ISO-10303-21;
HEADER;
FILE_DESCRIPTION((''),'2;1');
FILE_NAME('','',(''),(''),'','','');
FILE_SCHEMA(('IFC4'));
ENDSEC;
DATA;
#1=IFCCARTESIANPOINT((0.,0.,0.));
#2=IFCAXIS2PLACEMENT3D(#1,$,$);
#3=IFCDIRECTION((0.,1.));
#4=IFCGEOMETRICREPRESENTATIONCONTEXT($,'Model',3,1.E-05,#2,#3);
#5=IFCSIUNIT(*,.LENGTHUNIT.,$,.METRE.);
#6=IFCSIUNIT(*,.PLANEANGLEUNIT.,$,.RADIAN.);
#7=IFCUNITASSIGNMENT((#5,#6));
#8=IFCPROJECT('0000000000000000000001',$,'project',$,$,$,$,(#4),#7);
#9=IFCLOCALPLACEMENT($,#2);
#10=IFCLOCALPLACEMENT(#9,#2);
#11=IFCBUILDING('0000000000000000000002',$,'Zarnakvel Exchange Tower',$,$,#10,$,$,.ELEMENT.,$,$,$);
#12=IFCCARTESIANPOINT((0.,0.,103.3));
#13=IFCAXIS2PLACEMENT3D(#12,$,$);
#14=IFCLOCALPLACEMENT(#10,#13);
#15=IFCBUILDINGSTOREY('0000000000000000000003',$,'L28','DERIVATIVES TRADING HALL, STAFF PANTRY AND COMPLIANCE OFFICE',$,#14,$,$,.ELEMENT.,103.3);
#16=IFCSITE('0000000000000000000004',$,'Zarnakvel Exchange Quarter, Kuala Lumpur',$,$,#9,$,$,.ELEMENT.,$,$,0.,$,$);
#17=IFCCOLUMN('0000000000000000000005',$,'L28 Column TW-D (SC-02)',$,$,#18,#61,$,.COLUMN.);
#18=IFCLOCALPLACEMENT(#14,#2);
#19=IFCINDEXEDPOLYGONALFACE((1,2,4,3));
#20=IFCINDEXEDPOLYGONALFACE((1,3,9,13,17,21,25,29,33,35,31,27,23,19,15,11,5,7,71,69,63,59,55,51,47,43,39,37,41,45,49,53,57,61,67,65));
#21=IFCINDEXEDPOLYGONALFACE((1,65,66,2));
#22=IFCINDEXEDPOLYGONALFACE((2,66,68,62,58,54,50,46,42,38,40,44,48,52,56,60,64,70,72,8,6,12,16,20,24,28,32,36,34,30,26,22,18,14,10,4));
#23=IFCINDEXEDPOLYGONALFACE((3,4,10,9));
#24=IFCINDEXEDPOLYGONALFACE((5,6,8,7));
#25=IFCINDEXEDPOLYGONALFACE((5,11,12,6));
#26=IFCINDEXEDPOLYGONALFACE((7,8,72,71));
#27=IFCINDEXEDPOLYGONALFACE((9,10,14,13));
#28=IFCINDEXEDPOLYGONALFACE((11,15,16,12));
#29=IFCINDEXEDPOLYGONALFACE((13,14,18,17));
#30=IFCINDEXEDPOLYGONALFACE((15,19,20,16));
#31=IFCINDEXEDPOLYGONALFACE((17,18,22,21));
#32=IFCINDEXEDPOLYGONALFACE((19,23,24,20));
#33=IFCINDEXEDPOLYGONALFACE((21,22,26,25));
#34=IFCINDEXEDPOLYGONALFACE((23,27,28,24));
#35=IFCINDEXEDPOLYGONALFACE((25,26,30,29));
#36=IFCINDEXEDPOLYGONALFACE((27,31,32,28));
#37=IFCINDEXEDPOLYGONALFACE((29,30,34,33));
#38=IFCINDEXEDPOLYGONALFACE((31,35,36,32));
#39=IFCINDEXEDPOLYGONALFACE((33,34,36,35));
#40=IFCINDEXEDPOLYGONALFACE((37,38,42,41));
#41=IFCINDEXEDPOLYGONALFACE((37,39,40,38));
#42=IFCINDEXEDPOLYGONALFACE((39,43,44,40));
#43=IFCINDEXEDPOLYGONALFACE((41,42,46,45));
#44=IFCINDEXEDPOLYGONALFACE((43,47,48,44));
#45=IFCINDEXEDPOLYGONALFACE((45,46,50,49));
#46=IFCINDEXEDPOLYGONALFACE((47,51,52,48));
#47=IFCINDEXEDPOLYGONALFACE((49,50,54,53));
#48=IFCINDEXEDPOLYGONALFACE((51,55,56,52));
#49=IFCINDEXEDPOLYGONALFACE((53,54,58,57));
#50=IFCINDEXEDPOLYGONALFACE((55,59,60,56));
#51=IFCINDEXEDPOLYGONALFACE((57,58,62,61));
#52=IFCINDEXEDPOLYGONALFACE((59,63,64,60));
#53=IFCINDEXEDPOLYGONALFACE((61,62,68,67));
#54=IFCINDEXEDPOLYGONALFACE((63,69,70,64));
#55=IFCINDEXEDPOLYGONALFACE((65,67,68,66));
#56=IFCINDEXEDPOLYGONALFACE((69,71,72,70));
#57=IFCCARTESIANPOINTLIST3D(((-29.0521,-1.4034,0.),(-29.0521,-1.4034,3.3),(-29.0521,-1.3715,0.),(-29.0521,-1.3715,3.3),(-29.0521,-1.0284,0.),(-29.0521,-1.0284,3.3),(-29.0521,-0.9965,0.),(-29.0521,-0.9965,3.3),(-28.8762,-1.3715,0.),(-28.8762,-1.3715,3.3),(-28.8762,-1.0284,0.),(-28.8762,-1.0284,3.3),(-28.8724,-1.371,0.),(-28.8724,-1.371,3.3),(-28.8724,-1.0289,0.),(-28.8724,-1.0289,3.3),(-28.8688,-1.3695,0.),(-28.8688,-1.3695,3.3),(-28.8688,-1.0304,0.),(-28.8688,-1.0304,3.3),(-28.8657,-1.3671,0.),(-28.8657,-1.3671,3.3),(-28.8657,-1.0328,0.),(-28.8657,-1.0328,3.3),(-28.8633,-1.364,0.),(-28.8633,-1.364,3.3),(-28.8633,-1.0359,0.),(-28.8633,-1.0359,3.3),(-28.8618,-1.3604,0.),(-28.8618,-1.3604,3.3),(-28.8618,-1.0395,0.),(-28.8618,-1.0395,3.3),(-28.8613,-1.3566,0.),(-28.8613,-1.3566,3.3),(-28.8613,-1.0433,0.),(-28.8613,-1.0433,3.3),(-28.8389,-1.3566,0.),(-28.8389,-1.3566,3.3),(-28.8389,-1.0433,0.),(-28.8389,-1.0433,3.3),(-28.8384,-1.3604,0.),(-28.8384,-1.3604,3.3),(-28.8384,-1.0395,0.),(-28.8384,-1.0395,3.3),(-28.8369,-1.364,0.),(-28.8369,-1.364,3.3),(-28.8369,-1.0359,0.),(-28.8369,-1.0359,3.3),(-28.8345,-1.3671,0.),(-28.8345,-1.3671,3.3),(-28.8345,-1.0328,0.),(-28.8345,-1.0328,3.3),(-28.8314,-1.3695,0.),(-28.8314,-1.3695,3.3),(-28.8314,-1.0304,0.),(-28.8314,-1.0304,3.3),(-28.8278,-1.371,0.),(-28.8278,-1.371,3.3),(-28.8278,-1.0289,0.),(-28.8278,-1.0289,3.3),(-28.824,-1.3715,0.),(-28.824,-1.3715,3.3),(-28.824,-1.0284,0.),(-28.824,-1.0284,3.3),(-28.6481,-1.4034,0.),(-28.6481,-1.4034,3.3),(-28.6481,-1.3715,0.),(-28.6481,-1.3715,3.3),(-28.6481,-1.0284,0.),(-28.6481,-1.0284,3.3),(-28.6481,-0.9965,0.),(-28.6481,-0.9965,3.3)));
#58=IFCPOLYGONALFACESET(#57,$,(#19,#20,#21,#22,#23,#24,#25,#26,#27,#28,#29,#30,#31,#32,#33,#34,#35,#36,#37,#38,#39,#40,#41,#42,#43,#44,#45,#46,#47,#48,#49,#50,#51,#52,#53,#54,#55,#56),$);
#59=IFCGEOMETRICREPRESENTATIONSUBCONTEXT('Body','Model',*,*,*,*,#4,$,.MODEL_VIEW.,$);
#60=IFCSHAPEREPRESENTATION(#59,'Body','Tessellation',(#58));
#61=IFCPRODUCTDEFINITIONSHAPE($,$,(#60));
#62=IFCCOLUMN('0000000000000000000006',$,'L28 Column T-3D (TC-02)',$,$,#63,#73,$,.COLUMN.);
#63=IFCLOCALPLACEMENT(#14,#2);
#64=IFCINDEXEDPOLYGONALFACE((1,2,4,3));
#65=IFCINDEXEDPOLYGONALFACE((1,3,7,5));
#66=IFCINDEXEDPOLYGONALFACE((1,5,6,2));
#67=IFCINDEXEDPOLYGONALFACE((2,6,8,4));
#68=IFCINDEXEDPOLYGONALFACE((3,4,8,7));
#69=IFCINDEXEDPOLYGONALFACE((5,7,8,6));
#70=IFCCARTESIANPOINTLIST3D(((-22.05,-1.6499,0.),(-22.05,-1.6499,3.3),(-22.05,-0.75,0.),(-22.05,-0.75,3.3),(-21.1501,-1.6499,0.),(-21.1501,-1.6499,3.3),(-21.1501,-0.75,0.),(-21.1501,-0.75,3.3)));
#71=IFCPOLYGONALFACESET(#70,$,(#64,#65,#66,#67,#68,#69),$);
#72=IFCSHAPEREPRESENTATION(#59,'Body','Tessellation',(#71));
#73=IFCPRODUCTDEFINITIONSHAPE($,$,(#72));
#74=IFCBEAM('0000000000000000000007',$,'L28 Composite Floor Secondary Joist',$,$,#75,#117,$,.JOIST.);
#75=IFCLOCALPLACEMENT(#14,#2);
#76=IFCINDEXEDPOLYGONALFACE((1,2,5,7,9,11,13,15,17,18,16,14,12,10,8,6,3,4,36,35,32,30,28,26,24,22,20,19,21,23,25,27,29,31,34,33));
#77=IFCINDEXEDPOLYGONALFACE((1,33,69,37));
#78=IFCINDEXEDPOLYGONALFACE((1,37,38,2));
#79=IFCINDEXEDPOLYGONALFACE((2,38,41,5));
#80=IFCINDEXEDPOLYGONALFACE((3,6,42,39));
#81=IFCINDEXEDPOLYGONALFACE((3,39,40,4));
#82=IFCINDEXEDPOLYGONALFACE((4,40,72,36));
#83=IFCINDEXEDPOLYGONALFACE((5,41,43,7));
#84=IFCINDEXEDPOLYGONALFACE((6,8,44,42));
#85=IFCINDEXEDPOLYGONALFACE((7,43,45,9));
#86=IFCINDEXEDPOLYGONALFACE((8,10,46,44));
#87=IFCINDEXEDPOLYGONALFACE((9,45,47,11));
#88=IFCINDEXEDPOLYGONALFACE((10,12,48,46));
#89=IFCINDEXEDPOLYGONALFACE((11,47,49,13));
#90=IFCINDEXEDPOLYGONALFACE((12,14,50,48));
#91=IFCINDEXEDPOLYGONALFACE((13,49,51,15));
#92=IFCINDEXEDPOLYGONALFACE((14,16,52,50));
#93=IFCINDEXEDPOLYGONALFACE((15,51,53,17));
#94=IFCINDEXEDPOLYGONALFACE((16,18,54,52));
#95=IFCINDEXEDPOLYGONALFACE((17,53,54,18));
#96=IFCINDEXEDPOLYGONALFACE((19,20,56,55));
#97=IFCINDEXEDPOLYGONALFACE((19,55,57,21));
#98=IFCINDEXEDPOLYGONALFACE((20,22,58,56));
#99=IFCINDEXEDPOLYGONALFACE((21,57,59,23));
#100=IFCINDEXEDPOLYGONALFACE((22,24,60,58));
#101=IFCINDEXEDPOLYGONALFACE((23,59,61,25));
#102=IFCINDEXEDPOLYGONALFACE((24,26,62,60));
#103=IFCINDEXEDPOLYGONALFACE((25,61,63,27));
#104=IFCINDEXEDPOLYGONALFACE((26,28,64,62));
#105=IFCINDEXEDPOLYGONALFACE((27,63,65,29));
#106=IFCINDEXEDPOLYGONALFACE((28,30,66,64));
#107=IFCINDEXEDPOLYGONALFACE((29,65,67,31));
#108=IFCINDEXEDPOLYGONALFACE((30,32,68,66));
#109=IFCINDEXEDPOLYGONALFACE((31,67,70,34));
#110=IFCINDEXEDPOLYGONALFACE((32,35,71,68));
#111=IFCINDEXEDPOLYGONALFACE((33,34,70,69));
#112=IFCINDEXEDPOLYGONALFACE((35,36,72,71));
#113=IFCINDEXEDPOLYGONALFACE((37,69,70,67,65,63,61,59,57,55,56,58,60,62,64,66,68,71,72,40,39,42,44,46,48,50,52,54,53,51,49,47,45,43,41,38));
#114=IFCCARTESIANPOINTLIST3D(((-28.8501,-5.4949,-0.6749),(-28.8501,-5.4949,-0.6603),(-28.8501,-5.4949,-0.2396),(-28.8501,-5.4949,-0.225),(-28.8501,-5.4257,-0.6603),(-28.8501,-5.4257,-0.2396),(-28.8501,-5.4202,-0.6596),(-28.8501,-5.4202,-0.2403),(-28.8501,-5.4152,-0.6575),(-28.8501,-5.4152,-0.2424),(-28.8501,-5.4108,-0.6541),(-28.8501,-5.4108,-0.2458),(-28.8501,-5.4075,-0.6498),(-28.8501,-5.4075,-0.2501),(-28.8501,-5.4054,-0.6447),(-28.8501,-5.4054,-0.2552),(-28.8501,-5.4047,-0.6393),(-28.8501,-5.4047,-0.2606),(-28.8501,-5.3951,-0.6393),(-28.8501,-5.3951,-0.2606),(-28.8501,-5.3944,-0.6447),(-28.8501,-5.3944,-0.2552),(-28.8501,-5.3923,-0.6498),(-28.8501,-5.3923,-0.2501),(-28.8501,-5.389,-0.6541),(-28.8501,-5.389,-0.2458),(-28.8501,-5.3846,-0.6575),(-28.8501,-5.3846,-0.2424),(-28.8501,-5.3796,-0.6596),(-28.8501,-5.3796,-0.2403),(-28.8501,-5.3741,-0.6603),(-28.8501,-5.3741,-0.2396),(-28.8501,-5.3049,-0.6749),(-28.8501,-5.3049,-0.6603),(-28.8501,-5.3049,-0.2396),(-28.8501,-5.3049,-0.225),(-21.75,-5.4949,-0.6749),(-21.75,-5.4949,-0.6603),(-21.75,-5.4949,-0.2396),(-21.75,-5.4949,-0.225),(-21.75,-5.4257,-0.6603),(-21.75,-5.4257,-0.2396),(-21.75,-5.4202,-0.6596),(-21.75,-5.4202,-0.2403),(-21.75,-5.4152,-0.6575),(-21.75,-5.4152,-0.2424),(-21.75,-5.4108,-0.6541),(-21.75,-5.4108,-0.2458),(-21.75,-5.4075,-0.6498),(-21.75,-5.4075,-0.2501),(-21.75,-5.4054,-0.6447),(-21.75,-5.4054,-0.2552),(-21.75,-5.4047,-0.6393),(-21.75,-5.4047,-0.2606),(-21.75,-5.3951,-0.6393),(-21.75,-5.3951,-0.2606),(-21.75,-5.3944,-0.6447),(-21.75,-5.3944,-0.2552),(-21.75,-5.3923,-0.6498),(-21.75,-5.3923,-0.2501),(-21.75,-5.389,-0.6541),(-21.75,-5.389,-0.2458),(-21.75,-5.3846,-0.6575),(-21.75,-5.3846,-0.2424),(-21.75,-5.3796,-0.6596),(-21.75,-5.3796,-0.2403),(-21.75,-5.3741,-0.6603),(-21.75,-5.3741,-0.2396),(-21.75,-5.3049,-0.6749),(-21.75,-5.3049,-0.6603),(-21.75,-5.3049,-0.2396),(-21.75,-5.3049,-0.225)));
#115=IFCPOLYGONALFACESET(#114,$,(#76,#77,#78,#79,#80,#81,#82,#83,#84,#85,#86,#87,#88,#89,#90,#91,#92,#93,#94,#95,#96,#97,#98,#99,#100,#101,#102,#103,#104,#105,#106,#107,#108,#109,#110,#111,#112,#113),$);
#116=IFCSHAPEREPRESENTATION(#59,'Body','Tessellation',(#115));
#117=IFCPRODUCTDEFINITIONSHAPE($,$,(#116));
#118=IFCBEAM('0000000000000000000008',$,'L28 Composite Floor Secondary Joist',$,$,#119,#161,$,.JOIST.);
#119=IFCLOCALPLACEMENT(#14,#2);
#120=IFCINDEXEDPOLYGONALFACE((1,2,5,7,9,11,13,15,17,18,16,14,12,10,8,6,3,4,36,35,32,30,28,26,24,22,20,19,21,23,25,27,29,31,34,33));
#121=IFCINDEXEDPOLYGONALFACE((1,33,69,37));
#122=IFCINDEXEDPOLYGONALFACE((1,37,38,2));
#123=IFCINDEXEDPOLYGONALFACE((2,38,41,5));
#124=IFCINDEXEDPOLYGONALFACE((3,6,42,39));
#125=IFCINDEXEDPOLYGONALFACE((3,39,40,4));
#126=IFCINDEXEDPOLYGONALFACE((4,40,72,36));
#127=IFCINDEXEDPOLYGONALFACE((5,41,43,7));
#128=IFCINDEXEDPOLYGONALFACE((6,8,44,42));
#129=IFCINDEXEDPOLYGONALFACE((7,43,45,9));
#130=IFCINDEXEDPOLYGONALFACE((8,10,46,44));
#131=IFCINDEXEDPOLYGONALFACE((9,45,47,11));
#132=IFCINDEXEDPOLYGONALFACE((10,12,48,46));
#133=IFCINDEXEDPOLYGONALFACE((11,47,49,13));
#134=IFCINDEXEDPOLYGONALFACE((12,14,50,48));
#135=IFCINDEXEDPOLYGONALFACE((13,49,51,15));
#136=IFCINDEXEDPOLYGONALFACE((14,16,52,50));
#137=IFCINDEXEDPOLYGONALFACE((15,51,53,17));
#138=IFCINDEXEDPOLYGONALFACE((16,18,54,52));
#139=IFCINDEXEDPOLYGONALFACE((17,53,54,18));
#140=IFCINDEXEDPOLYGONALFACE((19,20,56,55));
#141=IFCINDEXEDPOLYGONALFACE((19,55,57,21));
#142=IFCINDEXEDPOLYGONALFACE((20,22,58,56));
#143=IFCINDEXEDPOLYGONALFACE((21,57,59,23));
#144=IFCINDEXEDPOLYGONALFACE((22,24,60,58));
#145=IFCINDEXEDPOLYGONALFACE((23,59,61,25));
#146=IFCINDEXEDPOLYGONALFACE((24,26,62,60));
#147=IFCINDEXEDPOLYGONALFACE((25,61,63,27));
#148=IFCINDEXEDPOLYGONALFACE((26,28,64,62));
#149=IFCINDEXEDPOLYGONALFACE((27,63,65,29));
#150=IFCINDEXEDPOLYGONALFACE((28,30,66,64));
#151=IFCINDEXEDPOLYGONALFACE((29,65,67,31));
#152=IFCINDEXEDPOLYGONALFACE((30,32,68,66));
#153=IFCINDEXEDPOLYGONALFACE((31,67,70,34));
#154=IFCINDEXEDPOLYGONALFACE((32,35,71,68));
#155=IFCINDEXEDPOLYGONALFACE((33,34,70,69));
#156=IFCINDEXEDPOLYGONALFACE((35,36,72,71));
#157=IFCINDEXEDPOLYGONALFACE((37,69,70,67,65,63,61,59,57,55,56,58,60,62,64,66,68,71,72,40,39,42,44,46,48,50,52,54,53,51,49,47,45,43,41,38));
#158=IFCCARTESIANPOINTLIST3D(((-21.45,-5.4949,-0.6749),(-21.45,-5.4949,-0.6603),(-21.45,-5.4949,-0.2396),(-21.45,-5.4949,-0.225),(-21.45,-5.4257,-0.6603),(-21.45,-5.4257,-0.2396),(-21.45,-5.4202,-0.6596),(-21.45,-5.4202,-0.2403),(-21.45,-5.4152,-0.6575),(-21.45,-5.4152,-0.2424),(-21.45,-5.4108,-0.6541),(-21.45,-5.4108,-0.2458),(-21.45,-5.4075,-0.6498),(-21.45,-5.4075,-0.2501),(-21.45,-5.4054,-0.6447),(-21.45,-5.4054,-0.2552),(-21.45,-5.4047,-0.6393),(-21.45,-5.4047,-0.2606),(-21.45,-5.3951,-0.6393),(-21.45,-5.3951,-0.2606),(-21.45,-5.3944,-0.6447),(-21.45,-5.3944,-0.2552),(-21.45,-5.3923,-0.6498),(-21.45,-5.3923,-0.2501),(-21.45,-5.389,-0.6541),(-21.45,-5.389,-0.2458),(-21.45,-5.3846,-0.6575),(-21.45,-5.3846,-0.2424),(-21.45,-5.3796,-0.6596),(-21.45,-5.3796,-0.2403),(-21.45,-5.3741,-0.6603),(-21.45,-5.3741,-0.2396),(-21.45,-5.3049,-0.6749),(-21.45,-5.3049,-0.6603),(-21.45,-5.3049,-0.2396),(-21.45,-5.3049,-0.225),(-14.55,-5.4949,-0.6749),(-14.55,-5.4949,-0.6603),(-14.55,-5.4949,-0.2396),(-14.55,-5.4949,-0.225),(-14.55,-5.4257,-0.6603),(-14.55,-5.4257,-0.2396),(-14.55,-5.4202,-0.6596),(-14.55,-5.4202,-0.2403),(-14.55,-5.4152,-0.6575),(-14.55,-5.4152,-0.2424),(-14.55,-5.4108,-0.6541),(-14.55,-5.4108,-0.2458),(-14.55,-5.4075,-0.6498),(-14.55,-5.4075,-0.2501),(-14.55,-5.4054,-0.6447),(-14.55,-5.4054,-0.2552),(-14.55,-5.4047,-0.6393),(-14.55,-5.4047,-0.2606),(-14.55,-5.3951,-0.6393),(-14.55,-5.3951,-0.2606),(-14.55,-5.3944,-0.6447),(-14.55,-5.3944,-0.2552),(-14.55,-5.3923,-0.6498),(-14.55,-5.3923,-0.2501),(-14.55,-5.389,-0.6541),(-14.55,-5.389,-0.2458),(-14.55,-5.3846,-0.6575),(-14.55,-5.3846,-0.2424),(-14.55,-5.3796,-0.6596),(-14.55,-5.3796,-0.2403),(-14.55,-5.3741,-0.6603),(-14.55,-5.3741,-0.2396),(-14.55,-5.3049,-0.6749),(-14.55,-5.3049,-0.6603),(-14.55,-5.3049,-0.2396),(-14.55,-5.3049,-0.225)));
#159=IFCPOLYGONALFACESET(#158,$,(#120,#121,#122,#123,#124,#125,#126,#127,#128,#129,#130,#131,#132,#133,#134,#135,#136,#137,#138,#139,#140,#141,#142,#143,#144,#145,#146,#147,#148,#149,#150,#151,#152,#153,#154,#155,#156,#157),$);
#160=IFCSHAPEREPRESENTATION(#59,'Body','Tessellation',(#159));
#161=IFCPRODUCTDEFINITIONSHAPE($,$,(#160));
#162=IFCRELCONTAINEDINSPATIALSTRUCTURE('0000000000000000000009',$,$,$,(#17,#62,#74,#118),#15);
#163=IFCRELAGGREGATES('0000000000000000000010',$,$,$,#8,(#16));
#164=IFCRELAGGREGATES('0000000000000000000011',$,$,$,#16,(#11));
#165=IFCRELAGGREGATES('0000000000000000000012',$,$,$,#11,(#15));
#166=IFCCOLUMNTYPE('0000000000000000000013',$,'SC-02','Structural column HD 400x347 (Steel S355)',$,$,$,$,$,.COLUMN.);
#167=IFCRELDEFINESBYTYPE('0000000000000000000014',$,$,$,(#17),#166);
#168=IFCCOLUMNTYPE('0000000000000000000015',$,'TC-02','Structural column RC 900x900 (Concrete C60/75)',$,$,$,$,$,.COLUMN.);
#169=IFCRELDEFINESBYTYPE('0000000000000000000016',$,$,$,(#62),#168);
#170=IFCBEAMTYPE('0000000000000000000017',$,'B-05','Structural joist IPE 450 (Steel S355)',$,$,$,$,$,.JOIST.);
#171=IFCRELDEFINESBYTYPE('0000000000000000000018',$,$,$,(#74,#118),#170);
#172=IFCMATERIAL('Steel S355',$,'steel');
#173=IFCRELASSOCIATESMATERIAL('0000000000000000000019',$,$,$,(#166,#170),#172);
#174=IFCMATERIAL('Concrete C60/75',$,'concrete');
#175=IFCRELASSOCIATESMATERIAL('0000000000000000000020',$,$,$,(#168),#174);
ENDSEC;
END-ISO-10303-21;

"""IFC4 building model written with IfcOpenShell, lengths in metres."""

from ifc_helpers import new_model, si_unit, direction, frame, origin, origin_2d, place, context, subcontext, project, spatial, rectangle, i_section, extrude, material, material_profile, profile_set, type_object, element, save


model = new_model("IFC4")

# Units and contexts
model_context = context("Model", 3, precision=1e-05, world=origin(), true_north=direction((0.0, 1.0)))
body_context = subcontext(model_context, "Body", "Model", "MODEL_VIEW")
ifc_project = project(units=[si_unit("LENGTHUNIT", "METRE"), si_unit("PLANEANGLEUNIT", "RADIAN")], contexts=[model_context])

# Site, building, storey
site_placement = place(None, origin())
site = spatial("IfcSite", under=ifc_project, at=site_placement, Name="Zarnakvel Exchange Quarter, Kuala Lumpur", CompositionType="ELEMENT", RefElevation=0.0)
building_placement = place(site_placement, origin())
building = spatial("IfcBuilding", under=site, at=building_placement, Name="Zarnakvel Exchange Tower", CompositionType="ELEMENT")
storey_placement = place(building_placement, frame((0.0, 0.0, 103.3)))
storey = spatial("IfcBuildingStorey", under=building, at=storey_placement, Name="L28", Description="DERIVATIVES TRADING HALL, STAFF PANTRY AND COMPLIANCE OFFICE", CompositionType="ELEMENT", Elevation=103.3)

# Columns
ifc_material_1 = material(Name="Steel S355", Category="steel")
ifc_material_profile_1 = material_profile(ifc_material_1, i_section(OverallWidth=0.4041, OverallDepth=0.407, WebThickness=0.0225, FlangeThickness=0.032, FilletRadius=0.0149, at=origin_2d()))
ifc_profile_set_1 = profile_set([ifc_material_profile_1], Name="Steel S355")
column_type_1 = type_object("IfcColumnType", Name="SC-02", Description="Structural column HD 400x347 (Steel S355)", PredefinedType="COLUMN", material=ifc_profile_set_1)
column_1_placement = place(storey_placement, frame((-28.8501, -1.2, 0.0), z_axis=(0.0, 0.0, 1.0), x_axis=(1.0, 0.0, 0.0)))
element("IfcColumn", 1, at=column_1_placement, inside=storey, type_object=column_type_1, Name="L28 Column TW-D (SC-02)", PredefinedType="COLUMN", context=body_context, shape_type="SweptSolid", body=[
    extrude(i_section(OverallWidth=0.4041, OverallDepth=0.407, WebThickness=0.0225, FlangeThickness=0.032, FilletRadius=0.0149, at=origin_2d()), origin(), (0.0, 0.0, 1.0), 3.3),
])
ifc_material_2 = material(Name="Concrete C60/75", Category="concrete")
ifc_material_profile_2 = material_profile(ifc_material_2, rectangle(XDim=0.8999, YDim=0.8999, at=origin_2d()))
ifc_profile_set_2 = profile_set([ifc_material_profile_2], Name="Concrete C60/75")
column_type_2 = type_object("IfcColumnType", Name="TC-02", Description="Structural column RC 900x900 (Concrete C60/75)", PredefinedType="COLUMN", material=ifc_profile_set_2)
column_2_placement = place(storey_placement, frame((-21.6001, -1.2, 0.0), z_axis=(0.0, 0.0, 1.0), x_axis=(1.0, 0.0, 0.0)))
element("IfcColumn", 2, at=column_2_placement, inside=storey, type_object=column_type_2, Name="L28 Column T-3D (TC-02)", PredefinedType="COLUMN", context=body_context, shape_type="SweptSolid", body=[
    extrude(rectangle(XDim=0.8999, YDim=0.8999, at=origin_2d()), origin(), (0.0, 0.0, 1.0), 3.3),
])

# Beams
ifc_material_profile_3 = material_profile(ifc_material_1, i_section(OverallWidth=0.1899, OverallDepth=0.45, WebThickness=0.0095, FlangeThickness=0.0146, FilletRadius=0.021, at=origin_2d()))
ifc_profile_set_3 = profile_set([ifc_material_profile_3], Name="Steel S355")
beam_type_1 = type_object("IfcBeamType", Name="B-05", Description="Structural joist IPE 450 (Steel S355)", PredefinedType="JOIST", material=ifc_profile_set_3)
beam_1_placement = place(storey_placement, frame((-28.8501, -5.3999, -0.45), z_axis=(1.0, 0.0, 0.0), x_axis=(0.0, 1.0, 0.0)))
element("IfcBeam", 3, at=beam_1_placement, inside=storey, type_object=beam_type_1, Name="L28 Composite Floor Secondary Joist", PredefinedType="JOIST", context=body_context, shape_type="SweptSolid", body=[
    extrude(i_section(OverallWidth=0.1899, OverallDepth=0.45, WebThickness=0.0095, FlangeThickness=0.0146, FilletRadius=0.021, at=origin_2d()), origin(), (0.0, 0.0, 1.0), 7.1001),
])
beam_2_placement = place(storey_placement, frame((-21.45, -5.3999, -0.45), z_axis=(1.0, 0.0, 0.0), x_axis=(0.0, 1.0, 0.0)))
element("IfcBeam", 4, at=beam_2_placement, inside=storey, type_object=beam_type_1, Name="L28 Composite Floor Secondary Joist", PredefinedType="JOIST", context=body_context, shape_type="SweptSolid", body=[
    extrude(i_section(OverallWidth=0.1899, OverallDepth=0.45, WebThickness=0.0095, FlangeThickness=0.0146, FilletRadius=0.021, at=origin_2d()), origin(), (0.0, 0.0, 1.0), 6.8999),
])

save(model, "model.ifc")
